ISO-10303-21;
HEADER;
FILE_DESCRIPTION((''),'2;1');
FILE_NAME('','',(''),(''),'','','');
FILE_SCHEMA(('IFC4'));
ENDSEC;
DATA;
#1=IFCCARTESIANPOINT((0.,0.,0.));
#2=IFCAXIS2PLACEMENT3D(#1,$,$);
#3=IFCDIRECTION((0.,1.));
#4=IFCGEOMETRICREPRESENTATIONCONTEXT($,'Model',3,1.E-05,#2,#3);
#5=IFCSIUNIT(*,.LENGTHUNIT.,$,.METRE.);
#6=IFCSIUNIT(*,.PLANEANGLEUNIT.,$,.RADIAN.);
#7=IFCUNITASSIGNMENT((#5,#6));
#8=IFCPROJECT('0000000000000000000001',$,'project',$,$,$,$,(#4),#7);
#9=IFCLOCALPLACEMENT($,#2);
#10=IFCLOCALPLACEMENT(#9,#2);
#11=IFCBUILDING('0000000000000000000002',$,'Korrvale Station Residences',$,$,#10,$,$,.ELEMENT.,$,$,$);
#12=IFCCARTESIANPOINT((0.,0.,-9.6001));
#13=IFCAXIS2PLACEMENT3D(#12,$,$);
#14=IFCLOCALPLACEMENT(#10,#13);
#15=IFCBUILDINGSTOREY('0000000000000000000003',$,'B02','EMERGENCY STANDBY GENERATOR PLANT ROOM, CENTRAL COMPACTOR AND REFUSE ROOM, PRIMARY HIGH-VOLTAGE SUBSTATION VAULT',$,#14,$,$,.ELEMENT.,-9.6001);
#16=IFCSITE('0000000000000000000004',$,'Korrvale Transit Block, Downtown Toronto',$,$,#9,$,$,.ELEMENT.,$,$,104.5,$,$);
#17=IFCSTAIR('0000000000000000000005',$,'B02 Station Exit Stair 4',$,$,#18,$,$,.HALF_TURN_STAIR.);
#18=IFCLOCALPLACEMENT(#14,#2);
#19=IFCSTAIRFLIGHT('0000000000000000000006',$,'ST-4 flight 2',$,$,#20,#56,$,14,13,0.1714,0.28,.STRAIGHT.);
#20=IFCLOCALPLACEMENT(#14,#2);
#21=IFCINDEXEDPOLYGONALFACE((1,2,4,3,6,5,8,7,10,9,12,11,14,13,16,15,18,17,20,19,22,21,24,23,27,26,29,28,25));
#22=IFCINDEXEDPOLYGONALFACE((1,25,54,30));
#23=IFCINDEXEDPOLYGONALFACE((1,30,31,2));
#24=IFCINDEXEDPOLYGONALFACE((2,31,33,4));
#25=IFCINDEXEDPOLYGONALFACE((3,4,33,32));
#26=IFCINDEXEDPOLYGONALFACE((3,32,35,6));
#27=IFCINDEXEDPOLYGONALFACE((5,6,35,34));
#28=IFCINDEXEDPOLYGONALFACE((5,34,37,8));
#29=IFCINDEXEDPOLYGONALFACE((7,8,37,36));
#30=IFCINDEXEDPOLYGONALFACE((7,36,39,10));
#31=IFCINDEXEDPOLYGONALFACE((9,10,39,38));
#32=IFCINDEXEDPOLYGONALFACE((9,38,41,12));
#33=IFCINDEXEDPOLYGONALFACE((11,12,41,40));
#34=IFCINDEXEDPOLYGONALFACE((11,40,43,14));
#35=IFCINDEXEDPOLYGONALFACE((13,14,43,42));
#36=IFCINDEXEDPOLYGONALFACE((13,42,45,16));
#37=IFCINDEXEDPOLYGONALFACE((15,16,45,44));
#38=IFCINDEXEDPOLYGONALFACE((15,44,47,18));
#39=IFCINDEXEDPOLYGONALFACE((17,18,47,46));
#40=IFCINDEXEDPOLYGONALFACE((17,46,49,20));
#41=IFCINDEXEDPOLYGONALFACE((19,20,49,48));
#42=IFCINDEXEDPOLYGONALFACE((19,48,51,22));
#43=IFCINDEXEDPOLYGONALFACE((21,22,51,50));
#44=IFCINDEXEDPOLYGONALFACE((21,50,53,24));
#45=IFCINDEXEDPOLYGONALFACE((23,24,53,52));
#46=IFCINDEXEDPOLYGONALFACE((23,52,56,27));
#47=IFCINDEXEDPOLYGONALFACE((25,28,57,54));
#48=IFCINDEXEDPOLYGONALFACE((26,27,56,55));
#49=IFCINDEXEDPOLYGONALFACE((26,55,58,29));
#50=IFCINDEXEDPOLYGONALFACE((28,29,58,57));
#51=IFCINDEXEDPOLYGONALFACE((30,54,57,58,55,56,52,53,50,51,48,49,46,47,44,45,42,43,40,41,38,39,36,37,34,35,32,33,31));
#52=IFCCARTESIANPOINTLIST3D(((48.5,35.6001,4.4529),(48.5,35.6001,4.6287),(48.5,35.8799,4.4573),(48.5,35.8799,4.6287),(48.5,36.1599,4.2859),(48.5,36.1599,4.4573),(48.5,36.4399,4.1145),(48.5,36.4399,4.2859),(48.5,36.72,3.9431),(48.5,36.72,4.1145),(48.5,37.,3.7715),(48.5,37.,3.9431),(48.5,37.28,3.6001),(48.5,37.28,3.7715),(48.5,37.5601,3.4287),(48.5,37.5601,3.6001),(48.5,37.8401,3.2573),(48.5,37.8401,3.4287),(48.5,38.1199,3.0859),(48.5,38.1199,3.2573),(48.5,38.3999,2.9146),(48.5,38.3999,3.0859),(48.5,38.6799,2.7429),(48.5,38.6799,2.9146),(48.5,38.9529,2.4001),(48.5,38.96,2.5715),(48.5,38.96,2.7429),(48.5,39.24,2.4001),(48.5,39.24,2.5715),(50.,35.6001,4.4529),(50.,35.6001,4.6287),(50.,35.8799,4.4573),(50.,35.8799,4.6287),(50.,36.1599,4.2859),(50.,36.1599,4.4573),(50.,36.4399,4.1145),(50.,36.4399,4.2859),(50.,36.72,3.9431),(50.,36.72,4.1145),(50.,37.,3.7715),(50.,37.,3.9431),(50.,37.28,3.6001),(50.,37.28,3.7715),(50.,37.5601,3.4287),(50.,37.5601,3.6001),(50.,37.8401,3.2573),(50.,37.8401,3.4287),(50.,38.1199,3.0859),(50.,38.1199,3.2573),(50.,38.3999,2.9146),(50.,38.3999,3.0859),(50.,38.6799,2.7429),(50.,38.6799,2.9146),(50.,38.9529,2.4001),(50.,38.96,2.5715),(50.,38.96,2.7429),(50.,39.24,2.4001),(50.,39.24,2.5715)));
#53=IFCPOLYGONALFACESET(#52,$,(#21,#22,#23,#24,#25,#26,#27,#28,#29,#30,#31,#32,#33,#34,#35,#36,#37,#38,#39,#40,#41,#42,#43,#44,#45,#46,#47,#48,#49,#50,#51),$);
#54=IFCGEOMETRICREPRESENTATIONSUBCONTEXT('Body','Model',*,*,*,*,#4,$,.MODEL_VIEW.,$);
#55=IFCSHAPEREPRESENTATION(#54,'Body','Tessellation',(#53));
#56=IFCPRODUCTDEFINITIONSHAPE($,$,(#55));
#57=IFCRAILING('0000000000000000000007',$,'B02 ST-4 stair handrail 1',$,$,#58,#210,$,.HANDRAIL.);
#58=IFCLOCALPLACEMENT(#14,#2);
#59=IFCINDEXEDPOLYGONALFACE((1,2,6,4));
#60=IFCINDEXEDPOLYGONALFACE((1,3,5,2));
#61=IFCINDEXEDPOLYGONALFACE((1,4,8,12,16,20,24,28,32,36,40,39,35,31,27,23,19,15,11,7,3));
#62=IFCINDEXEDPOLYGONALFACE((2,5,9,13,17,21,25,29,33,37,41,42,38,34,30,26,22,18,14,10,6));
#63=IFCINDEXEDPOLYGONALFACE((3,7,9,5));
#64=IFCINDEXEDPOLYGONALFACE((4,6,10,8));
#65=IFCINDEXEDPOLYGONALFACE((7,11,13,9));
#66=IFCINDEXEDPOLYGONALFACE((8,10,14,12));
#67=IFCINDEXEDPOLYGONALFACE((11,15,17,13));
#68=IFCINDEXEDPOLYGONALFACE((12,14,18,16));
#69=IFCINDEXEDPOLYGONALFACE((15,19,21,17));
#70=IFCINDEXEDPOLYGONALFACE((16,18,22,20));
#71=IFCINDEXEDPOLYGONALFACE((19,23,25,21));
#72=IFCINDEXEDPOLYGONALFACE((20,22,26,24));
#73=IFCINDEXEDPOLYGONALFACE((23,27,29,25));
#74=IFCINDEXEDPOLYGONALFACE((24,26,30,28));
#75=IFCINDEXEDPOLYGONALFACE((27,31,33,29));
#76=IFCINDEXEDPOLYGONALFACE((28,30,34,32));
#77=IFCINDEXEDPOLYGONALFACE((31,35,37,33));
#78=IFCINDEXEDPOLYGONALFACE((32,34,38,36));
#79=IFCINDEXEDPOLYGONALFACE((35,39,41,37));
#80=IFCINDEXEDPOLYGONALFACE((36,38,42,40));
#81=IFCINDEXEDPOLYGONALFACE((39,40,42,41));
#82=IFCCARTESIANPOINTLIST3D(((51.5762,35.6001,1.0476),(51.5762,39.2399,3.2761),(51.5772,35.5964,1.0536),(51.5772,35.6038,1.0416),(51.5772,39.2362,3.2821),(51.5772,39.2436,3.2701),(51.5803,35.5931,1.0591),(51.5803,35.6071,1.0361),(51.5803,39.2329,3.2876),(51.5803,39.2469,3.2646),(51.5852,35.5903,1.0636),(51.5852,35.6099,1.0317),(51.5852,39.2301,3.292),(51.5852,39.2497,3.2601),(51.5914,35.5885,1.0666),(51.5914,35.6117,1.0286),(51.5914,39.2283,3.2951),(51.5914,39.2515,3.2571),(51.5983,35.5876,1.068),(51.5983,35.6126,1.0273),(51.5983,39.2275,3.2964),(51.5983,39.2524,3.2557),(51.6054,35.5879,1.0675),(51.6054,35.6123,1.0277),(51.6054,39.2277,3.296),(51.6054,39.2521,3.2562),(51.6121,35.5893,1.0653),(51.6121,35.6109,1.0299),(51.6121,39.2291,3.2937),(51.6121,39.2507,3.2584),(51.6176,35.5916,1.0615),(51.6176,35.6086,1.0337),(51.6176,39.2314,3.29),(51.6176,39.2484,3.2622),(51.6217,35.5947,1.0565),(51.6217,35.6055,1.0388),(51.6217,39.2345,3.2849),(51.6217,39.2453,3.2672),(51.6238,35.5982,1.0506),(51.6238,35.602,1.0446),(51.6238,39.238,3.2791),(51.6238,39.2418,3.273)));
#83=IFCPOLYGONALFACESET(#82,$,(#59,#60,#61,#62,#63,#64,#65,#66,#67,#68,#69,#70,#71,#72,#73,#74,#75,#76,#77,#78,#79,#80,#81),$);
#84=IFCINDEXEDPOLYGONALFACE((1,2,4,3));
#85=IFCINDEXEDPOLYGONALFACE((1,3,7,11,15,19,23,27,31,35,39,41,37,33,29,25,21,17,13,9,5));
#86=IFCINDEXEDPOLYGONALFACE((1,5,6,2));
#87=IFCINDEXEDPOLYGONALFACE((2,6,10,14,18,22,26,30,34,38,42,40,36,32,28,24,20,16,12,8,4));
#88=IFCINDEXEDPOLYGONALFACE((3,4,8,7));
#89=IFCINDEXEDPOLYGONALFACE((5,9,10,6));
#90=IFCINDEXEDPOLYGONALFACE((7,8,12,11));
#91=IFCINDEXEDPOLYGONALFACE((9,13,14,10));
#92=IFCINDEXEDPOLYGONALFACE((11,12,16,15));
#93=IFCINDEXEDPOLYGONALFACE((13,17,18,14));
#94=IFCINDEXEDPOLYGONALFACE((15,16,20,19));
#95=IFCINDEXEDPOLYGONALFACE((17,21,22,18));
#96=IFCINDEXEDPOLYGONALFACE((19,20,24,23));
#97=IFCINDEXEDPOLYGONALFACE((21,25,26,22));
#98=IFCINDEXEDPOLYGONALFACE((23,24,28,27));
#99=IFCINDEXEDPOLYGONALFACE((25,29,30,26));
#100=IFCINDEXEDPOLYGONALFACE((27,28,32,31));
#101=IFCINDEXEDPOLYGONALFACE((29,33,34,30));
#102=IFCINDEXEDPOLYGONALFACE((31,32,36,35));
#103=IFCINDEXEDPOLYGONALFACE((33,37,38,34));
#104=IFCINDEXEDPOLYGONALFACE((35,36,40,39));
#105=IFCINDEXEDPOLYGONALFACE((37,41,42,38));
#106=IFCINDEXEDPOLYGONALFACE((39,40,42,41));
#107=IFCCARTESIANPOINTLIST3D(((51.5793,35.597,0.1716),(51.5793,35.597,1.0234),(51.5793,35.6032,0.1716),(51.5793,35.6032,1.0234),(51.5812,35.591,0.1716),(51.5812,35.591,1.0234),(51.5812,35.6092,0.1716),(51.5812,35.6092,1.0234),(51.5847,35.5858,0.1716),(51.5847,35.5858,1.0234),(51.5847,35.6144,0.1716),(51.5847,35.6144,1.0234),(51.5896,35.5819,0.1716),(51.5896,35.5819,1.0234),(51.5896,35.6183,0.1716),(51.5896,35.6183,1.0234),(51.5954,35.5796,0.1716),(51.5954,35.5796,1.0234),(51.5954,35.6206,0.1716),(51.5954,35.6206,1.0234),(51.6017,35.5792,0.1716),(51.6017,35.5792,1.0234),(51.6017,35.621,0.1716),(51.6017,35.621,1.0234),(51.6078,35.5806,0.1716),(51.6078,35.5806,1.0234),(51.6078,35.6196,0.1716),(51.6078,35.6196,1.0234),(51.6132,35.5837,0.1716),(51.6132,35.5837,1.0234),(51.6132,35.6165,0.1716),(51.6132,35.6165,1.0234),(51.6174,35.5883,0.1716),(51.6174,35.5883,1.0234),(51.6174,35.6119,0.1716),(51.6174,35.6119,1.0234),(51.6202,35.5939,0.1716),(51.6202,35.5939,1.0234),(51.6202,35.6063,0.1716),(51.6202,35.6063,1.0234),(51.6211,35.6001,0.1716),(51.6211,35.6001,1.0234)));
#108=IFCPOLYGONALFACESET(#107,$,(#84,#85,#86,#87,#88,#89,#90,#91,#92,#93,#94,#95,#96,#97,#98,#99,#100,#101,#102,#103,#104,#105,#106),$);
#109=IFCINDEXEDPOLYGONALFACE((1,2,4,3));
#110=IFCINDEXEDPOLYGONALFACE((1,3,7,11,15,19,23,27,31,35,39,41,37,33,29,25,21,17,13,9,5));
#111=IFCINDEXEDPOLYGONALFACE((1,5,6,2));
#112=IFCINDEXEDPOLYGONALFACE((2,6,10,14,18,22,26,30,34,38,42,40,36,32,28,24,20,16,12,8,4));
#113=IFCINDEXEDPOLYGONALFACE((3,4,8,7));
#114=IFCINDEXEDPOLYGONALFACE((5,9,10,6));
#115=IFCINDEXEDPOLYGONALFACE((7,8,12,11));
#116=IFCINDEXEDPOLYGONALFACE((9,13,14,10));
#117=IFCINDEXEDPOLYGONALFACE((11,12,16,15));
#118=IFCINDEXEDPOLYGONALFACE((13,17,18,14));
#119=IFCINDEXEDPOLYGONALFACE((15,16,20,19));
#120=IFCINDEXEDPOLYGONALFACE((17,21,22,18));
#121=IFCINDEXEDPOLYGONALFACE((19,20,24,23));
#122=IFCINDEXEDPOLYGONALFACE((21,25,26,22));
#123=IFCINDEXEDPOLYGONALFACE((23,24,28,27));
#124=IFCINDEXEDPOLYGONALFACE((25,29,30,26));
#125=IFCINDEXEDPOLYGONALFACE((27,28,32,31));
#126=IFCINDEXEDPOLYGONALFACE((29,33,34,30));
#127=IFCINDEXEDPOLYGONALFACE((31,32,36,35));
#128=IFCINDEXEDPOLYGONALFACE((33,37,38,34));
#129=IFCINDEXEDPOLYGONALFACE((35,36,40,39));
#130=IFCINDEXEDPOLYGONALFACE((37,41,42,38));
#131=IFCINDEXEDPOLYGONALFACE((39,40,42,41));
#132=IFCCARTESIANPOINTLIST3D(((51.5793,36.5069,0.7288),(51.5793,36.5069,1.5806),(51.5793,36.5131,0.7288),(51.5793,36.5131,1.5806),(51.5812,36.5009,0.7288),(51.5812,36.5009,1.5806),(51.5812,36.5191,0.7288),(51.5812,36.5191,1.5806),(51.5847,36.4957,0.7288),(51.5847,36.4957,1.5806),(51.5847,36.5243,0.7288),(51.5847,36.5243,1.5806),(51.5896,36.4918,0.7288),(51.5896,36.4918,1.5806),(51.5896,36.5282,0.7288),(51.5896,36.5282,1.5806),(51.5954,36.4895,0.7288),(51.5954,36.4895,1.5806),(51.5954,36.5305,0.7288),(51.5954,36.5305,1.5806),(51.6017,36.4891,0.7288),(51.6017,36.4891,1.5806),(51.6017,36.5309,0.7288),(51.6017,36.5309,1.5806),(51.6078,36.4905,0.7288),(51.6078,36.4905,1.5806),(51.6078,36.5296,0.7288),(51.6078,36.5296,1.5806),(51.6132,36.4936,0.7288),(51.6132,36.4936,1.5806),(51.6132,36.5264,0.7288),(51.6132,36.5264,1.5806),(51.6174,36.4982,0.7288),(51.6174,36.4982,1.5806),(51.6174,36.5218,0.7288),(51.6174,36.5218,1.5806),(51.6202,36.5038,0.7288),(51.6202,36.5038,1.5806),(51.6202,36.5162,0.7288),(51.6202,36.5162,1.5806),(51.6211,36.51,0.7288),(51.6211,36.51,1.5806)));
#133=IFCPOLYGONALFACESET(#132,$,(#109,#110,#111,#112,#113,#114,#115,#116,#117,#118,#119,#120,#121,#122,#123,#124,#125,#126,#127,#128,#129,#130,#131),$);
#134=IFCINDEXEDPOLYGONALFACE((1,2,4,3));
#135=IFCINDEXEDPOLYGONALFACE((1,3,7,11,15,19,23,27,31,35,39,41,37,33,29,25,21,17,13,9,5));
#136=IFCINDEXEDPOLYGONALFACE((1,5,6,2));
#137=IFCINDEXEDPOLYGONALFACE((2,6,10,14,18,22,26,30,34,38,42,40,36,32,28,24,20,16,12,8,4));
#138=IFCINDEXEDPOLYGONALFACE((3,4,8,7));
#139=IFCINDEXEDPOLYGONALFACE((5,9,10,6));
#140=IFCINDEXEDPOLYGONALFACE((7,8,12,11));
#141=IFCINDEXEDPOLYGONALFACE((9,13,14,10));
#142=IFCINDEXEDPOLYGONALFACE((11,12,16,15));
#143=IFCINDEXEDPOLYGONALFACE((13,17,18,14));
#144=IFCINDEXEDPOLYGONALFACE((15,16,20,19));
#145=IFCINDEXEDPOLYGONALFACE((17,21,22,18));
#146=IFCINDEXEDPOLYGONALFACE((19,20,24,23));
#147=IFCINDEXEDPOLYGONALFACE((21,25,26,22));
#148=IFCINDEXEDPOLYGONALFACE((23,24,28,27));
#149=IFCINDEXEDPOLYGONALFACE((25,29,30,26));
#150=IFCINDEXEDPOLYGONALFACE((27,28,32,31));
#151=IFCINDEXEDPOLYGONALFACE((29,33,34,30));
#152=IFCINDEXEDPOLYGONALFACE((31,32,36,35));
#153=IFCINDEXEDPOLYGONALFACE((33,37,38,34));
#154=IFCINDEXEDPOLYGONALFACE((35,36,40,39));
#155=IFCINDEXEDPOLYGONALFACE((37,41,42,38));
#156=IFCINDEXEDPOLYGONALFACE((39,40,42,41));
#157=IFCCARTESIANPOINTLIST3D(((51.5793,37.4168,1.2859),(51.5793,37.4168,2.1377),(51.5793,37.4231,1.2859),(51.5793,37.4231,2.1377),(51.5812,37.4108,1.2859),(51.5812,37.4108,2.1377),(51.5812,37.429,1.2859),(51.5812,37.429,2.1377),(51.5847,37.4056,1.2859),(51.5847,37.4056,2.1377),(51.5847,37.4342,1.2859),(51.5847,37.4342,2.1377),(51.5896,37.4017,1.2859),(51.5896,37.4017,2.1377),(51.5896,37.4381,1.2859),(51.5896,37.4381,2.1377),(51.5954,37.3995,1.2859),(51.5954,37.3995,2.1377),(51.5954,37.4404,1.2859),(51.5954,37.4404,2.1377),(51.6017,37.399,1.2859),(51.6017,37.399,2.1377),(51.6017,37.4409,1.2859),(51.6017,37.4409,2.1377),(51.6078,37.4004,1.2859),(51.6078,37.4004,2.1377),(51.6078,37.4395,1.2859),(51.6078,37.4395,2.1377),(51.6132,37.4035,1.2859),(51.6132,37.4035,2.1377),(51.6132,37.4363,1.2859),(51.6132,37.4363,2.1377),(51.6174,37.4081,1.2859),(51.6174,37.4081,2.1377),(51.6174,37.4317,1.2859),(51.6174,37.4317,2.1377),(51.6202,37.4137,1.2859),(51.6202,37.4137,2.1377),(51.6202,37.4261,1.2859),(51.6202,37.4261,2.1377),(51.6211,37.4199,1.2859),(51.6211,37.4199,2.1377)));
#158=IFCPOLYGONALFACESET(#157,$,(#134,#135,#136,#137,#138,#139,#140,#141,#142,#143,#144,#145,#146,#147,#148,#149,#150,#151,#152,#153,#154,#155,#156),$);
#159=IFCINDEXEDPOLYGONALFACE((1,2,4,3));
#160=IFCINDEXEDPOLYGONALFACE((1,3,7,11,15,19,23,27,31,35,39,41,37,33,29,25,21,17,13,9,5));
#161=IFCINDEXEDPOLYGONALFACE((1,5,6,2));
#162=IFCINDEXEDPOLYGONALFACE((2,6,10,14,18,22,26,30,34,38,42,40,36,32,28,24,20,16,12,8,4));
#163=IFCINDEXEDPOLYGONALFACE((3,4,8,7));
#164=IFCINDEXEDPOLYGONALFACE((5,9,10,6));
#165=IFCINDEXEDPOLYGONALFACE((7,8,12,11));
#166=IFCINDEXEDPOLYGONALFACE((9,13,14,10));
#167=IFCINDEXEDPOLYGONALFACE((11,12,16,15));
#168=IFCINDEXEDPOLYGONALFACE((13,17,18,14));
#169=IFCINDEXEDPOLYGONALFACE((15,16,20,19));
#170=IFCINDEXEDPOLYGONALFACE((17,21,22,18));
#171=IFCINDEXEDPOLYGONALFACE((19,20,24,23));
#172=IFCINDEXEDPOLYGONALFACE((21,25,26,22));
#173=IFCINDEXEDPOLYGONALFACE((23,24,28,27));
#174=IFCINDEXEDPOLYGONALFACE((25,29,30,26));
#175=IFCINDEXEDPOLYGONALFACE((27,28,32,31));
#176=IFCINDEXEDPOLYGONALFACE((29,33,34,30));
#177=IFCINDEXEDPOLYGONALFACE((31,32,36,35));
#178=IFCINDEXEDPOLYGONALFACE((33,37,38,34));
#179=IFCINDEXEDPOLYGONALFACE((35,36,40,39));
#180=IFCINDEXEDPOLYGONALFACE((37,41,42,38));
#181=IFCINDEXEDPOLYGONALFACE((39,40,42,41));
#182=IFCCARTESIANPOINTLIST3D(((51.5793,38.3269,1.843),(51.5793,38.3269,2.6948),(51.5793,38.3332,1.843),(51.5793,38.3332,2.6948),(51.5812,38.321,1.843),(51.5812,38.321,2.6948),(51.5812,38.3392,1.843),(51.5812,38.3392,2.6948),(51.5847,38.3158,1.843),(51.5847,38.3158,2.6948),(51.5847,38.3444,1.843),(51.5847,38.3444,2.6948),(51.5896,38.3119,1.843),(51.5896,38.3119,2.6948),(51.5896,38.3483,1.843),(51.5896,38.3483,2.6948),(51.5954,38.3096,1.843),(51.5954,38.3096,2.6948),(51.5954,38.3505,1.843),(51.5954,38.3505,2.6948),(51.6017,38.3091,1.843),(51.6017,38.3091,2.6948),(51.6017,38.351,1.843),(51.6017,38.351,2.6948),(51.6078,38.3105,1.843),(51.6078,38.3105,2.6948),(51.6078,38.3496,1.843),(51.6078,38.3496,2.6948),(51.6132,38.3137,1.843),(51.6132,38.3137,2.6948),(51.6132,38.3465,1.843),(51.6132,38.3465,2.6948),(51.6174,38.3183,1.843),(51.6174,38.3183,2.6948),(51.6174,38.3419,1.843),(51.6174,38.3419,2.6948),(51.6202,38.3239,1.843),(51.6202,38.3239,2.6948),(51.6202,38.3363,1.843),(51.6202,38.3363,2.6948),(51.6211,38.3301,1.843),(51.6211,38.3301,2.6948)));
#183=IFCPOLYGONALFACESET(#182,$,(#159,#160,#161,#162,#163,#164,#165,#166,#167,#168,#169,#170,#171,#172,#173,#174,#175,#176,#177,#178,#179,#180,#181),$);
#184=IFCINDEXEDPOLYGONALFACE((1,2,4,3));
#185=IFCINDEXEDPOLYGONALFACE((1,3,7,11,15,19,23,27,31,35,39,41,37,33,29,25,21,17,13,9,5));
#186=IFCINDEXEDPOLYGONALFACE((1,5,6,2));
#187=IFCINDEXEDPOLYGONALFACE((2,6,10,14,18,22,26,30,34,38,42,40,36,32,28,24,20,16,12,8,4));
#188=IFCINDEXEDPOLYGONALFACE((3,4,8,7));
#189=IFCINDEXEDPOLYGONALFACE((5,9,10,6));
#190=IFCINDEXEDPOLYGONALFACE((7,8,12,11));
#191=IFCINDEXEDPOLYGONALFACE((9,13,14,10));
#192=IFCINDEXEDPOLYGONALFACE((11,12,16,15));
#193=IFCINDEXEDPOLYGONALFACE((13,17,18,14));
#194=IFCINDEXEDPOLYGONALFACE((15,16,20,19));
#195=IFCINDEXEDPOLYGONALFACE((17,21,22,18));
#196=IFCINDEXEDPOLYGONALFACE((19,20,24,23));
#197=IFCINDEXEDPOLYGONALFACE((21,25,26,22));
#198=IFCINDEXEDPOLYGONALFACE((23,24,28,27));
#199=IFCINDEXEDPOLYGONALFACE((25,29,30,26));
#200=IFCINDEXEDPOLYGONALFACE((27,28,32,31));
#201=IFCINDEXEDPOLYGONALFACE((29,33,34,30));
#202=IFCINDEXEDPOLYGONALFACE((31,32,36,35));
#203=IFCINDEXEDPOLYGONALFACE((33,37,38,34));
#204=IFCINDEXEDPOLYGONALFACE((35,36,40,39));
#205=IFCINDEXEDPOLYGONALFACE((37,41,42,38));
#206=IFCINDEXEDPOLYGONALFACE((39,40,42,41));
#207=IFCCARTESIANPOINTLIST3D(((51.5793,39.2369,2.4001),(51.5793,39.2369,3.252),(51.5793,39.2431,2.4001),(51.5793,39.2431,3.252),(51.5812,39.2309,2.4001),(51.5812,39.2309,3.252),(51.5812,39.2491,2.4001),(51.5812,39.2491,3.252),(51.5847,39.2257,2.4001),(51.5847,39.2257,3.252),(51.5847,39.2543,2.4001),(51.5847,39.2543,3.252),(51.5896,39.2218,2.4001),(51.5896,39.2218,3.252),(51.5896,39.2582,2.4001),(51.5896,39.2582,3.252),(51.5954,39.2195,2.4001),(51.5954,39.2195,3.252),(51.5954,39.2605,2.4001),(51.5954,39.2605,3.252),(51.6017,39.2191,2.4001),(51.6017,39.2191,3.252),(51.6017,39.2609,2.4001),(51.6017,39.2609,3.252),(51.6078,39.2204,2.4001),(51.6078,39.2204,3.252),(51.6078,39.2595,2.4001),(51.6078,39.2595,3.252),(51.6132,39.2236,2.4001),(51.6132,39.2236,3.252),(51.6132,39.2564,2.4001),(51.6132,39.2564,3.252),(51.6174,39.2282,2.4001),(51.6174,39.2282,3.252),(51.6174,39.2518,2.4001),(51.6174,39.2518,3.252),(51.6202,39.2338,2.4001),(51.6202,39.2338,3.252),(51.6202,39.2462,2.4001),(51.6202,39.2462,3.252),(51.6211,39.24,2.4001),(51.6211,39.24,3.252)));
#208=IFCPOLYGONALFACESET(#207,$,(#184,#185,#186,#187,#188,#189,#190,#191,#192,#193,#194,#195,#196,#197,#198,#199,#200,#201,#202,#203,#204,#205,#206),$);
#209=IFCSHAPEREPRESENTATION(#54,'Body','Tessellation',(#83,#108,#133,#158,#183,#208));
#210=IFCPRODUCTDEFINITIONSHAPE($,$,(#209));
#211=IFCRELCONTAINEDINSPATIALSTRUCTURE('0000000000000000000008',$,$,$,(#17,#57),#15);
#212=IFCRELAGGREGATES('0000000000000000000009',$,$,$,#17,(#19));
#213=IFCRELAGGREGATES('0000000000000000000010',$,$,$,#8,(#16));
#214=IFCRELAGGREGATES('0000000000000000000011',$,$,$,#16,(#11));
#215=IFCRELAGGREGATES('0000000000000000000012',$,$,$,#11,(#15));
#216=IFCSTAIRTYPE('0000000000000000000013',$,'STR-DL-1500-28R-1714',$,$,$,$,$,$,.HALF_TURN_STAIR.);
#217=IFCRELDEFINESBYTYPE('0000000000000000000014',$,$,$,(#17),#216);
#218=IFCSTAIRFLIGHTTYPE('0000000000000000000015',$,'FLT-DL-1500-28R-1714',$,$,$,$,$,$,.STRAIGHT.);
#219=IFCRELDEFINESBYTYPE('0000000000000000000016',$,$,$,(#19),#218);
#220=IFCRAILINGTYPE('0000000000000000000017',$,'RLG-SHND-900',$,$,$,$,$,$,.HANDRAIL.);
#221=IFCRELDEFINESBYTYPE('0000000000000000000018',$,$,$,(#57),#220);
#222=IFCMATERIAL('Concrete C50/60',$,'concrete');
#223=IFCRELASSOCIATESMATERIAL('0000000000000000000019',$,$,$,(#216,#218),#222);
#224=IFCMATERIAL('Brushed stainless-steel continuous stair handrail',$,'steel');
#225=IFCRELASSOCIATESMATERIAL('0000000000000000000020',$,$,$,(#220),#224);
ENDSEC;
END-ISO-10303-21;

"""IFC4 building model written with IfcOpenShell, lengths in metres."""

from ifc_helpers import new_model, si_unit, direction, frame, origin, origin_2d, place, context, subcontext, project, spatial, polyline, circle, outline, extrude, material, type_object, element, aggregate, save


model = new_model("IFC4")

# Units and contexts
model_context = context("Model", 3, precision=1e-05, world=origin(), true_north=direction((0.0, 1.0)))
body_context = subcontext(model_context, "Body", "Model", "MODEL_VIEW")
ifc_project = project(units=[si_unit("LENGTHUNIT", "METRE"), si_unit("PLANEANGLEUNIT", "RADIAN")], contexts=[model_context])

# Site, building, storey
site_placement = place(None, origin())
site = spatial("IfcSite", under=ifc_project, at=site_placement, Name="Korrvale Transit Block, Downtown Toronto", CompositionType="ELEMENT", RefElevation=104.5)
building_placement = place(site_placement, origin())
building = spatial("IfcBuilding", under=site, at=building_placement, Name="Korrvale Station Residences", CompositionType="ELEMENT")
storey_placement = place(building_placement, frame((0.0, 0.0, -9.6001)))
storey = spatial("IfcBuildingStorey", under=building, at=storey_placement, Name="B02", Description="EMERGENCY STANDBY GENERATOR PLANT ROOM, CENTRAL COMPACTOR AND REFUSE ROOM, PRIMARY HIGH-VOLTAGE SUBSTATION VAULT", CompositionType="ELEMENT", Elevation=-9.6001)

# Shared definitions
ifc_material_1 = material(Name="Concrete C50/60", Category="concrete")

# Stair, stair flight
stair_type = type_object("IfcStairType", Name="STR-DL-1500-28R-1714", PredefinedType="HALF_TURN_STAIR", material=ifc_material_1)
stair_placement = place(storey_placement, origin())
stair = element("IfcStair", 1, at=stair_placement, inside=storey, type_object=stair_type, Name="B02 Station Exit Stair 4", PredefinedType="HALF_TURN_STAIR")
stair_flight_type = type_object("IfcStairFlightType", Name="FLT-DL-1500-28R-1714", PredefinedType="STRAIGHT", material=ifc_material_1)
stair_flight_1_placement = place(storey_placement, frame((49.25, 39.24, 2.4001), z_axis=(0.0, 0.0, 1.0), x_axis=(0.0, -1.0, 0.0)))
stair_flight_1 = element("IfcStairFlight", 2, at=stair_flight_1_placement, type_object=stair_flight_type, Name="ST-4 flight 2", NumberOfRisers=14, NumberOfTreads=13, PredefinedType="STRAIGHT", RiserHeight=0.1714, TreadLength=0.28, context=body_context, shape_type="SweptSolid", body=[
    extrude(outline(polyline([(0.0, 0.0), (0.0, 0.1714), (0.28, 0.1714), (0.28, 0.3428), (0.5601, 0.3428), (0.5601, 0.5144), (0.8401, 0.5144), (0.8401, 0.6858), (1.1201, 0.6858), (1.1201, 0.8572), (1.3999, 0.8572), (1.3999, 1.0286), (1.6799, 1.0286), (1.6799, 1.2), (1.96, 1.2), (1.96, 1.3713), (2.24, 1.3713), (2.24, 1.543), (2.52, 1.543), (2.52, 1.7144), (2.8, 1.7144), (2.8, 1.8857), (3.0801, 1.8857), (3.0801, 2.0571), (3.3601, 2.0571), (3.3601, 2.2285), (3.6399, 2.2285), (3.6399, 2.3999), (3.6399, 2.0527), (0.2871, 0.0), (0.0, 0.0)])), frame((0.0, 0.75, 0.0), z_axis=(0.0, -1.0, 0.0), x_axis=(1.0, 0.0, 0.0)), (0.0, 0.0, 1.0), 1.5),
])
aggregate(stair, [stair_flight_1])

# Railing
ifc_material_2 = material(Name="Brushed stainless-steel continuous stair handrail", Category="steel")
railing_type_1 = type_object("IfcRailingType", Name="RLG-SHND-900", PredefinedType="HANDRAIL", material=ifc_material_2)
railing_1_placement = place(storey_placement, frame((51.6001, 35.6001, 0.1716)))
element("IfcRailing", 3, at=railing_1_placement, inside=storey, type_object=railing_type_1, Name="B02 ST-4 stair handrail 1", PredefinedType="HANDRAIL", context=body_context, shape_type="SweptSolid", body=[
    extrude(circle(Radius=0.0239, at=origin_2d()), frame((0.0, 0.0, 0.876), z_axis=(0.0, 0.85285, 0.522156), x_axis=(-1.0, 0.0, 0.0)), (0.0, 0.0, 1.0), 4.2678),
    extrude(circle(Radius=0.021, at=origin_2d()), origin(), (0.0, 0.0, 1.0), 0.8518),
    extrude(circle(Radius=0.021, at=origin_2d()), frame((0.0, 0.9099, 0.5571)), (0.0, 0.0, 1.0), 0.8518),
    extrude(circle(Radius=0.021, at=origin_2d()), frame((0.0, 1.8198, 1.1143)), (0.0, 0.0, 1.0), 0.8518),
    extrude(circle(Radius=0.021, at=origin_2d()), frame((0.0, 2.73, 1.6714)), (0.0, 0.0, 1.0), 0.8518),
    extrude(circle(Radius=0.021, at=origin_2d()), frame((0.0, 3.6399, 2.2285)), (0.0, 0.0, 1.0), 0.8518),
])

save(model, "model.ifc")
